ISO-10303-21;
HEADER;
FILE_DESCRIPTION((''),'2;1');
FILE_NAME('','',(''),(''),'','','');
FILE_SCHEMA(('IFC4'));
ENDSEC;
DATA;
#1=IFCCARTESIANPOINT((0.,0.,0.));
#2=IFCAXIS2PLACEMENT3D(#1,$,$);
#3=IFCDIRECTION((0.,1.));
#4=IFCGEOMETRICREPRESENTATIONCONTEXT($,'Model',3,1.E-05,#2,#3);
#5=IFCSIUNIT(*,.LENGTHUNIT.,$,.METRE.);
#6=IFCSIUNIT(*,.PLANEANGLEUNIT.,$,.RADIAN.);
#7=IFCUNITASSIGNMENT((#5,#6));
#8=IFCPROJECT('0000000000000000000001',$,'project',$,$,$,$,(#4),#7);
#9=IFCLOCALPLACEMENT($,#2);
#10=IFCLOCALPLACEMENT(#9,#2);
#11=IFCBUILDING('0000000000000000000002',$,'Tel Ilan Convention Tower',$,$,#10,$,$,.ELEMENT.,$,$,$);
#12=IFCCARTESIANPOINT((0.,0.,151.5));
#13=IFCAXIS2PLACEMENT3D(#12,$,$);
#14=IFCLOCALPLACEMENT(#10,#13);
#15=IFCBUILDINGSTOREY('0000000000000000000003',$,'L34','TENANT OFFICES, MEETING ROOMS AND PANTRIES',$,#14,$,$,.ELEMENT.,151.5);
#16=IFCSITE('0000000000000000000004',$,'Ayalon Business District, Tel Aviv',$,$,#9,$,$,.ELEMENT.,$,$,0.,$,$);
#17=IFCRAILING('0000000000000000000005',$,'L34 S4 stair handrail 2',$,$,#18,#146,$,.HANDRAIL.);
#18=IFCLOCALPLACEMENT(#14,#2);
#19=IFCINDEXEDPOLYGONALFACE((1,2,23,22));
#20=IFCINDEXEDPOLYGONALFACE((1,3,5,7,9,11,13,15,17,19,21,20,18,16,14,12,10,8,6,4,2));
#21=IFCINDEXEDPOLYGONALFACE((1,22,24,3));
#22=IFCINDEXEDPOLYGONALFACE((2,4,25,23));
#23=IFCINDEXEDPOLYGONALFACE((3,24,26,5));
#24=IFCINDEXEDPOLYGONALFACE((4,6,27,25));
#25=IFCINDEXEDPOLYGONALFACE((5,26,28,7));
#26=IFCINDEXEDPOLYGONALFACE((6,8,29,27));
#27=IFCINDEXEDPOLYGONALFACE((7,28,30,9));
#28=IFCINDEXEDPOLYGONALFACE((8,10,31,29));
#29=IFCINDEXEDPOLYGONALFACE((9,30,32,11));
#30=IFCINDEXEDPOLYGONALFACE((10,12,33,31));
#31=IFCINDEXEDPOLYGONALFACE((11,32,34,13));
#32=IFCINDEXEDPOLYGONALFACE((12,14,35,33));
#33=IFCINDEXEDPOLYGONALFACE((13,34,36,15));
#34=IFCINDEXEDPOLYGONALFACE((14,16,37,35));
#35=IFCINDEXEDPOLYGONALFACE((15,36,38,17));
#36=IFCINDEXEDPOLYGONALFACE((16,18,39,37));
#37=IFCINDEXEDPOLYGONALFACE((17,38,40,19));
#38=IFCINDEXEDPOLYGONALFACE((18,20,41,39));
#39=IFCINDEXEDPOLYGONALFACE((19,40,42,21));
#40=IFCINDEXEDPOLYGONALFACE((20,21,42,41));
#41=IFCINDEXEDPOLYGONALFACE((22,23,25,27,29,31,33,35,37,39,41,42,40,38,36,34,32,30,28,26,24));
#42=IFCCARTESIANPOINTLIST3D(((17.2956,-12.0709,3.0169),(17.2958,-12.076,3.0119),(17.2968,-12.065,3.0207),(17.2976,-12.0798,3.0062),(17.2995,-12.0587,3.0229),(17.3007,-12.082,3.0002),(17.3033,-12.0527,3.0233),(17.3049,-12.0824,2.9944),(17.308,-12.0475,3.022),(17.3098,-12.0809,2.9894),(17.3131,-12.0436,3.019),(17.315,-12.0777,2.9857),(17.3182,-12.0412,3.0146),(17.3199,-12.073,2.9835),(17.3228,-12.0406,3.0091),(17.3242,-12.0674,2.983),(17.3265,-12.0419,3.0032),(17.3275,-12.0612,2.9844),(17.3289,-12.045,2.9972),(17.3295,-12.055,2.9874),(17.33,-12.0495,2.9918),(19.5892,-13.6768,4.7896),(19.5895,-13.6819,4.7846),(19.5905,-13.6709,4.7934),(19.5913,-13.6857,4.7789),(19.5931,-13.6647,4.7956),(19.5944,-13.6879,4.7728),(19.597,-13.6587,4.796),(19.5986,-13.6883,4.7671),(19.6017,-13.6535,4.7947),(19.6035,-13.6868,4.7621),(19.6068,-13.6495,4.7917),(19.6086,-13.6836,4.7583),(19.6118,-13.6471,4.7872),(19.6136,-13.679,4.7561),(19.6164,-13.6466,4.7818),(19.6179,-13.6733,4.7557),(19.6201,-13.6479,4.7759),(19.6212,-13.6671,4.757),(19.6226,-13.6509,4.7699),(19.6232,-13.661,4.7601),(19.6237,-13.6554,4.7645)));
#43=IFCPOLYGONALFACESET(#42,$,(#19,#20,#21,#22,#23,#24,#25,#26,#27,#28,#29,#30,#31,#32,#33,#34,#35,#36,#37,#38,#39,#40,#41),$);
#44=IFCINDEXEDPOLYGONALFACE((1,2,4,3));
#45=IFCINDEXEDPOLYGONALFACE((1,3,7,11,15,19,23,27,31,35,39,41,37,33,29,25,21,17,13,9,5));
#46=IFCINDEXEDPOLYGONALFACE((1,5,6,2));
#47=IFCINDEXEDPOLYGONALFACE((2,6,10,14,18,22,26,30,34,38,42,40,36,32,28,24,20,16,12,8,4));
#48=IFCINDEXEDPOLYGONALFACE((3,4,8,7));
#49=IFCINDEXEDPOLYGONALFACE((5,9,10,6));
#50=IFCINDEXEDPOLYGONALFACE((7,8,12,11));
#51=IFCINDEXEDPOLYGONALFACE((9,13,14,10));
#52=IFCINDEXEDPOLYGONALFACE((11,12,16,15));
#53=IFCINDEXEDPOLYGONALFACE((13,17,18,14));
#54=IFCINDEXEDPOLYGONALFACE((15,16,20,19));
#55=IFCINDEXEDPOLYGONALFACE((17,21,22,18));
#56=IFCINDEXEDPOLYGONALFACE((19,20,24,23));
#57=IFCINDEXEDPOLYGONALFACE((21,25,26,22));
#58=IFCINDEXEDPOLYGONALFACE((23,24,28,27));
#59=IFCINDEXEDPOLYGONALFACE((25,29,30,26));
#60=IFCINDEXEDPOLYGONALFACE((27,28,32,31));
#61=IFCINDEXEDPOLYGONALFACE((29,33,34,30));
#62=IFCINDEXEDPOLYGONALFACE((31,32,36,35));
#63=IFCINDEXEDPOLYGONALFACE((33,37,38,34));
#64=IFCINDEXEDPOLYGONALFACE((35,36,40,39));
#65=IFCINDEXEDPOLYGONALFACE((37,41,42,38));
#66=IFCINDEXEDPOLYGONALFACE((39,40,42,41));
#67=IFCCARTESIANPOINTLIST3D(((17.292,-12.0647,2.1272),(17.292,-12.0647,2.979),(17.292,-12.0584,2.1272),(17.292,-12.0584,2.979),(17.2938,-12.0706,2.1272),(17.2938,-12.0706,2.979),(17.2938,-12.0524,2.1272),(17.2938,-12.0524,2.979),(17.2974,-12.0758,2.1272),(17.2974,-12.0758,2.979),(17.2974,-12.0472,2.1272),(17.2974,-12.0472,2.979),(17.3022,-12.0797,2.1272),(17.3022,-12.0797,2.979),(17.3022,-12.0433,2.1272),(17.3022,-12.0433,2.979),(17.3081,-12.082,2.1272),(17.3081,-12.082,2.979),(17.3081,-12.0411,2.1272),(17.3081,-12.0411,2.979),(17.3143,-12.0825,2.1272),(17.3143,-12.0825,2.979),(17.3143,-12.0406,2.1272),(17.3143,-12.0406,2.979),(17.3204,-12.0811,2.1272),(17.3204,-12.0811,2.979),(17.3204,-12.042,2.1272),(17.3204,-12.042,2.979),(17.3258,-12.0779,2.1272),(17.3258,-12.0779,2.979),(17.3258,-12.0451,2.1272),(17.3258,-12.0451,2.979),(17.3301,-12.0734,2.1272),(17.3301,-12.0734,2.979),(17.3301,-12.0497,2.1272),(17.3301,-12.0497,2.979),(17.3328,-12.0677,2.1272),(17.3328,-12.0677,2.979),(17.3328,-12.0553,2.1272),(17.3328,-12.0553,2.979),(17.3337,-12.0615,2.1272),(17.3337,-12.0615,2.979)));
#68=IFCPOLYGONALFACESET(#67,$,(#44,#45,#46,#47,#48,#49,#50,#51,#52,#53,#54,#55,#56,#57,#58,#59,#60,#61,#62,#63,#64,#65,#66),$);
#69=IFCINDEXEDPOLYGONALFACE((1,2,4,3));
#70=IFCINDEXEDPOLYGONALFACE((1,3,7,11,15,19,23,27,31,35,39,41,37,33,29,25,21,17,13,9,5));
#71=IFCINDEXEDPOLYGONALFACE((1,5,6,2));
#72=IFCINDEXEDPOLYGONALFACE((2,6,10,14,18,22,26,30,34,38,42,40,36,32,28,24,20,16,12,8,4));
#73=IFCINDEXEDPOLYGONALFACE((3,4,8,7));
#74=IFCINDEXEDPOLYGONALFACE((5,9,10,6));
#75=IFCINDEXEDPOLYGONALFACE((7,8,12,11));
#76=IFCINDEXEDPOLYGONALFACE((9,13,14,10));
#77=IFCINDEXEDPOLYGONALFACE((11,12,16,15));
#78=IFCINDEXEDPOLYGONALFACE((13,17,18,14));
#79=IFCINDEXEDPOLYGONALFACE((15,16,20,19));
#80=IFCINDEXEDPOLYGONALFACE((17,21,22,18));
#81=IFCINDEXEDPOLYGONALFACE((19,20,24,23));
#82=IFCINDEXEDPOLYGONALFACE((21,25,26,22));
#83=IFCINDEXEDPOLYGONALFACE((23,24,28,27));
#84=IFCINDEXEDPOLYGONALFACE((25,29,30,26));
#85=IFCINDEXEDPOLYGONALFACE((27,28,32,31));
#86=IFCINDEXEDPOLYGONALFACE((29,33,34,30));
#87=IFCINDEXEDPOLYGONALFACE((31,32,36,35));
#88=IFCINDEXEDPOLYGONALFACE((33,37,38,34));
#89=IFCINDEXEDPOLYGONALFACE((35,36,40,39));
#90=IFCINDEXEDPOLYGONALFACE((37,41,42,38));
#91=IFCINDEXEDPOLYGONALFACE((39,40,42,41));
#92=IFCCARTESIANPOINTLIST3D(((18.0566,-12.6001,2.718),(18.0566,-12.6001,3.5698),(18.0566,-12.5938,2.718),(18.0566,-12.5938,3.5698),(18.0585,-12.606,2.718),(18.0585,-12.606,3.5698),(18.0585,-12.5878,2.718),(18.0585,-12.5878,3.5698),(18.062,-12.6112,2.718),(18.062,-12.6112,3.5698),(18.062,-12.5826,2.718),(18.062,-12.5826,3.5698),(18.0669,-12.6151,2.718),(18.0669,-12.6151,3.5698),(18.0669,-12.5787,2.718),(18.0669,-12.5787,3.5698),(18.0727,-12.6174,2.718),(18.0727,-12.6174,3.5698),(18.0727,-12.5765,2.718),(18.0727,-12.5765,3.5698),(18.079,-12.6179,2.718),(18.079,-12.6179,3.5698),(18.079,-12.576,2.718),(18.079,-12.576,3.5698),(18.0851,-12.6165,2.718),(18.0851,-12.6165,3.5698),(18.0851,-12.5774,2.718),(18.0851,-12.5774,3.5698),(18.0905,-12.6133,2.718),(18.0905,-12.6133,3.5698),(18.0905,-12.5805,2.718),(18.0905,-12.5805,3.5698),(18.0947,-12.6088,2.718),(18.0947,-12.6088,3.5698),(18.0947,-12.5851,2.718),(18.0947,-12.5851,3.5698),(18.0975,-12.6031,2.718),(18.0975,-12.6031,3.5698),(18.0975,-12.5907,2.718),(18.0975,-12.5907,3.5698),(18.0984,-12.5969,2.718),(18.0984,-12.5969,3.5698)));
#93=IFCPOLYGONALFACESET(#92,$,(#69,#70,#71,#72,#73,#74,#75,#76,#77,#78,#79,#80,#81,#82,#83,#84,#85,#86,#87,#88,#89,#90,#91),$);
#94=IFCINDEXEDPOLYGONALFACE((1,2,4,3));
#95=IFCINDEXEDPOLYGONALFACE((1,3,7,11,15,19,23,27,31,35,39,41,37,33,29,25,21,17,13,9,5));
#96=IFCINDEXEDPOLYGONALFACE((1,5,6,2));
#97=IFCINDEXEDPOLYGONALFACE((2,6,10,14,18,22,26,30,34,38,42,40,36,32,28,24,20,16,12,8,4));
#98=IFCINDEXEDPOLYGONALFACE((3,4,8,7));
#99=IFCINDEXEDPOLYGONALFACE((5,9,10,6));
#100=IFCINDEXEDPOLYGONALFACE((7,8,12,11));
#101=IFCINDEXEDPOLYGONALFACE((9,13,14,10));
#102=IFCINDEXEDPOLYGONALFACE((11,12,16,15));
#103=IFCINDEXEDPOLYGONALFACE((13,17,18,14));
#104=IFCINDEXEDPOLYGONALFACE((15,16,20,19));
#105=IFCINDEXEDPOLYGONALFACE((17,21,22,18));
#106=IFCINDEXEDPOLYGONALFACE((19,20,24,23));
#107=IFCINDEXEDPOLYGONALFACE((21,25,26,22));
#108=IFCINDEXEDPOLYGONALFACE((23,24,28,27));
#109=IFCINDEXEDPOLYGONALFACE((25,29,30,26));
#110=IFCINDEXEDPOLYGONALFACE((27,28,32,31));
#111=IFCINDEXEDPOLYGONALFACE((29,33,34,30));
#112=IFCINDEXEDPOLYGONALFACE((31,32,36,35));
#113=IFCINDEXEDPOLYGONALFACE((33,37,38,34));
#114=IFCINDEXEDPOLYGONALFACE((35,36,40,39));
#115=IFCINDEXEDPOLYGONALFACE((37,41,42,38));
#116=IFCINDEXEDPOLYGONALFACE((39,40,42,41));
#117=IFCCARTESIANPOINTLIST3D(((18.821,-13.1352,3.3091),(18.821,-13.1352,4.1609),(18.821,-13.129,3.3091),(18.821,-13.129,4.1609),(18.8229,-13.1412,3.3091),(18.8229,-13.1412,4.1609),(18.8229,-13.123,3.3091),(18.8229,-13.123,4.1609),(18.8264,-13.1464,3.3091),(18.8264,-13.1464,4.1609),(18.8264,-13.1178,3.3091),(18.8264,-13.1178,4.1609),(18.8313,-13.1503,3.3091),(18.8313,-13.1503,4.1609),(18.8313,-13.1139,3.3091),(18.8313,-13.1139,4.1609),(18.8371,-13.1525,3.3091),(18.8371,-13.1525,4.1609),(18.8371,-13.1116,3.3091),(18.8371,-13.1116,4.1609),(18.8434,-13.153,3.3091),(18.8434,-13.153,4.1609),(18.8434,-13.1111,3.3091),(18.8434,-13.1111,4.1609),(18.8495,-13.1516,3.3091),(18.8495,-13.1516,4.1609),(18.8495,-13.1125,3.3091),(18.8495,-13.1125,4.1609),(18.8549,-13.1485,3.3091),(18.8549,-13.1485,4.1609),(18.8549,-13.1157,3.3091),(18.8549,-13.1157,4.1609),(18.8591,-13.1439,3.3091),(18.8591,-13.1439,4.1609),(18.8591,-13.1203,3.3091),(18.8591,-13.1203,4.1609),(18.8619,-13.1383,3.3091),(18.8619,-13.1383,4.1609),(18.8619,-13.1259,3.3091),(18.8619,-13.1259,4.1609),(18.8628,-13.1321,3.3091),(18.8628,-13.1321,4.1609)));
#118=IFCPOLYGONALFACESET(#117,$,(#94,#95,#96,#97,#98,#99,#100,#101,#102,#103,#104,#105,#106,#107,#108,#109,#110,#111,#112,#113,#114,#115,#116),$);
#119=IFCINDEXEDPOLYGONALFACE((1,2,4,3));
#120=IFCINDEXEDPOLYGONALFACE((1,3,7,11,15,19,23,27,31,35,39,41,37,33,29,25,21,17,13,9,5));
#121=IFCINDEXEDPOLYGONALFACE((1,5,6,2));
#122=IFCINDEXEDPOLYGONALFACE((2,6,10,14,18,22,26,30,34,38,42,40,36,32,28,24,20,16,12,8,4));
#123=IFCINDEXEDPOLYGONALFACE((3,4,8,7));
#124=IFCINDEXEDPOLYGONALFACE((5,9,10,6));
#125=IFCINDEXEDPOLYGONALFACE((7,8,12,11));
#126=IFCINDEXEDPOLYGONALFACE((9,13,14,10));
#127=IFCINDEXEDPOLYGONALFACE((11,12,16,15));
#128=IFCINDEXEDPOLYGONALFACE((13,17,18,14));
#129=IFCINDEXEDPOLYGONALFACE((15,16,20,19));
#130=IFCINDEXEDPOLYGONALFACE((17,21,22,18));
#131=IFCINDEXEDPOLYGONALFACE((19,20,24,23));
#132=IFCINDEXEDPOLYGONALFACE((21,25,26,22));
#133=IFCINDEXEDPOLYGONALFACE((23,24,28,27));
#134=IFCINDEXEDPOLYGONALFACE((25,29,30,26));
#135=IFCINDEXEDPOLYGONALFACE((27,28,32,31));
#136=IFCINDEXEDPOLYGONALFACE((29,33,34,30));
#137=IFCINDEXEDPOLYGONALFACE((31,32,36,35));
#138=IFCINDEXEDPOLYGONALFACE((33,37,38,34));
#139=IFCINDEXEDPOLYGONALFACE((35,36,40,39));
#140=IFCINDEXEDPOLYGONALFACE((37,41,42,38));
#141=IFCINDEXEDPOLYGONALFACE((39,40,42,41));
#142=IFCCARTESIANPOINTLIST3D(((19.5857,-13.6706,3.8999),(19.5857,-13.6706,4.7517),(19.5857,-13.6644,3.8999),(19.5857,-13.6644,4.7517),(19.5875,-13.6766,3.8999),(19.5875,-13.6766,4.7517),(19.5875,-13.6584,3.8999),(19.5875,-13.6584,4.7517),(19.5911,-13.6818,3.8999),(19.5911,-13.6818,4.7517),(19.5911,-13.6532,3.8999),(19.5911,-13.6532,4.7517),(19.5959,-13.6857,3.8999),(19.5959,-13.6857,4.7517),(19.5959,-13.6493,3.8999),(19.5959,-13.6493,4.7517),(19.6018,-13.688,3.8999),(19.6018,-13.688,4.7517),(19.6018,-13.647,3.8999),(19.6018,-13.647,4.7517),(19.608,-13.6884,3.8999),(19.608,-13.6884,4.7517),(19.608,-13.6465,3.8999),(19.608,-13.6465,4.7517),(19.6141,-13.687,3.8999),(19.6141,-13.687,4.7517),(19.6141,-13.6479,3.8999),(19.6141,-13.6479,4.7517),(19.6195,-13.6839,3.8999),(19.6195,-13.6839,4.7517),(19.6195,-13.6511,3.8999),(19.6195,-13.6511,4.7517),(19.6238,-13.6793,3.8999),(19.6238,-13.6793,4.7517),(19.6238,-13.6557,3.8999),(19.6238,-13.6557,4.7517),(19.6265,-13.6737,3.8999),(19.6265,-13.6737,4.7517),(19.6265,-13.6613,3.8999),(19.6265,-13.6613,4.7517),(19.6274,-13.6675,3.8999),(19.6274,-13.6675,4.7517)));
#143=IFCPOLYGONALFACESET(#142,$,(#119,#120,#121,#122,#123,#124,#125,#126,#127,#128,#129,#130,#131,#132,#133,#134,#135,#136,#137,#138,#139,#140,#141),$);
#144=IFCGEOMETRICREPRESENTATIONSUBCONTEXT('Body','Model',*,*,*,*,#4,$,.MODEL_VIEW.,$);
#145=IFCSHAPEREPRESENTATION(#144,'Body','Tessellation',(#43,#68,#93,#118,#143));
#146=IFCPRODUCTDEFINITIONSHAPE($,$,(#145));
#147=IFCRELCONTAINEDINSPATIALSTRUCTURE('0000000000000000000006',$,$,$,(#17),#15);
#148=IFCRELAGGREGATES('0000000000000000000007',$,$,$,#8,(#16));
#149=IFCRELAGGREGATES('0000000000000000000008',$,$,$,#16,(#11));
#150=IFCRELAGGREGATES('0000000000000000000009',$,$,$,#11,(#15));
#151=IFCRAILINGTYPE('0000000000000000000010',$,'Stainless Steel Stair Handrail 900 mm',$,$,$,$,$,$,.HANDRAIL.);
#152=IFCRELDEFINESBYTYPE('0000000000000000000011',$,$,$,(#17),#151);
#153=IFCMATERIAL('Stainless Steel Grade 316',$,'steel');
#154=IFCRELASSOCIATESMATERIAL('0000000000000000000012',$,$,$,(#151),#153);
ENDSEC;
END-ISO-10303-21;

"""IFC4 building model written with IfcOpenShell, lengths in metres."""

from ifc_helpers import new_model, si_unit, direction, frame, origin, origin_2d, place, context, subcontext, project, spatial, circle, extrude, material, type_object, element, save


model = new_model("IFC4")

# Units and contexts
model_context = context("Model", 3, precision=1e-05, world=origin(), true_north=direction((0.0, 1.0)))
body_context = subcontext(model_context, "Body", "Model", "MODEL_VIEW")
ifc_project = project(units=[si_unit("LENGTHUNIT", "METRE"), si_unit("PLANEANGLEUNIT", "RADIAN")], contexts=[model_context])

# Site, building, storey
site_placement = place(None, origin())
site = spatial("IfcSite", under=ifc_project, at=site_placement, Name="Ayalon Business District, Tel Aviv", CompositionType="ELEMENT", RefElevation=0.0)
building_placement = place(site_placement, origin())
building = spatial("IfcBuilding", under=site, at=building_placement, Name="Tel Ilan Convention Tower", CompositionType="ELEMENT")
storey_placement = place(building_placement, frame((0.0, 0.0, 151.5)))
storey = spatial("IfcBuildingStorey", under=building, at=storey_placement, Name="L34", Description="TENANT OFFICES, MEETING ROOMS AND PANTRIES", CompositionType="ELEMENT", Elevation=151.5)

# Railing
ifc_material_1 = material(Name="Stainless Steel Grade 316", Category="steel")
railing_type_1 = type_object("IfcRailingType", Name="Stainless Steel Stair Handrail 900 mm", PredefinedType="HANDRAIL", material=ifc_material_1)
railing_1_placement = place(storey_placement, frame((17.3127, -12.0615, 2.1272)))
element("IfcRailing", 1, at=railing_1_placement, inside=storey, type_object=railing_type_1, Name="L34 S4 stair handrail 2", PredefinedType="HANDRAIL", context=body_context, shape_type="SweptSolid", body=[
    extrude(circle(Radius=0.0239, at=origin_2d()), frame((0.0, 0.0, 0.876), z_axis=(0.692123, -0.484597, 0.534913), x_axis=(0.57355, 0.81917, 0.0)), (0.0, 0.0, 1.0), 3.314),
    extrude(circle(Radius=0.021, at=origin_2d()), origin(), (0.0, 0.0, 1.0), 0.8518),
    extrude(circle(Radius=0.021, at=origin_2d()), frame((0.7646, -0.5354, 0.5908)), (0.0, 0.0, 1.0), 0.8518),
    extrude(circle(Radius=0.021, at=origin_2d()), frame((1.5291, -1.0706, 1.1819)), (0.0, 0.0, 1.0), 0.8518),
    extrude(circle(Radius=0.021, at=origin_2d()), frame((2.2937, -1.606, 1.7727)), (0.0, 0.0, 1.0), 0.8518),
])

save(model, "model.ifc")
